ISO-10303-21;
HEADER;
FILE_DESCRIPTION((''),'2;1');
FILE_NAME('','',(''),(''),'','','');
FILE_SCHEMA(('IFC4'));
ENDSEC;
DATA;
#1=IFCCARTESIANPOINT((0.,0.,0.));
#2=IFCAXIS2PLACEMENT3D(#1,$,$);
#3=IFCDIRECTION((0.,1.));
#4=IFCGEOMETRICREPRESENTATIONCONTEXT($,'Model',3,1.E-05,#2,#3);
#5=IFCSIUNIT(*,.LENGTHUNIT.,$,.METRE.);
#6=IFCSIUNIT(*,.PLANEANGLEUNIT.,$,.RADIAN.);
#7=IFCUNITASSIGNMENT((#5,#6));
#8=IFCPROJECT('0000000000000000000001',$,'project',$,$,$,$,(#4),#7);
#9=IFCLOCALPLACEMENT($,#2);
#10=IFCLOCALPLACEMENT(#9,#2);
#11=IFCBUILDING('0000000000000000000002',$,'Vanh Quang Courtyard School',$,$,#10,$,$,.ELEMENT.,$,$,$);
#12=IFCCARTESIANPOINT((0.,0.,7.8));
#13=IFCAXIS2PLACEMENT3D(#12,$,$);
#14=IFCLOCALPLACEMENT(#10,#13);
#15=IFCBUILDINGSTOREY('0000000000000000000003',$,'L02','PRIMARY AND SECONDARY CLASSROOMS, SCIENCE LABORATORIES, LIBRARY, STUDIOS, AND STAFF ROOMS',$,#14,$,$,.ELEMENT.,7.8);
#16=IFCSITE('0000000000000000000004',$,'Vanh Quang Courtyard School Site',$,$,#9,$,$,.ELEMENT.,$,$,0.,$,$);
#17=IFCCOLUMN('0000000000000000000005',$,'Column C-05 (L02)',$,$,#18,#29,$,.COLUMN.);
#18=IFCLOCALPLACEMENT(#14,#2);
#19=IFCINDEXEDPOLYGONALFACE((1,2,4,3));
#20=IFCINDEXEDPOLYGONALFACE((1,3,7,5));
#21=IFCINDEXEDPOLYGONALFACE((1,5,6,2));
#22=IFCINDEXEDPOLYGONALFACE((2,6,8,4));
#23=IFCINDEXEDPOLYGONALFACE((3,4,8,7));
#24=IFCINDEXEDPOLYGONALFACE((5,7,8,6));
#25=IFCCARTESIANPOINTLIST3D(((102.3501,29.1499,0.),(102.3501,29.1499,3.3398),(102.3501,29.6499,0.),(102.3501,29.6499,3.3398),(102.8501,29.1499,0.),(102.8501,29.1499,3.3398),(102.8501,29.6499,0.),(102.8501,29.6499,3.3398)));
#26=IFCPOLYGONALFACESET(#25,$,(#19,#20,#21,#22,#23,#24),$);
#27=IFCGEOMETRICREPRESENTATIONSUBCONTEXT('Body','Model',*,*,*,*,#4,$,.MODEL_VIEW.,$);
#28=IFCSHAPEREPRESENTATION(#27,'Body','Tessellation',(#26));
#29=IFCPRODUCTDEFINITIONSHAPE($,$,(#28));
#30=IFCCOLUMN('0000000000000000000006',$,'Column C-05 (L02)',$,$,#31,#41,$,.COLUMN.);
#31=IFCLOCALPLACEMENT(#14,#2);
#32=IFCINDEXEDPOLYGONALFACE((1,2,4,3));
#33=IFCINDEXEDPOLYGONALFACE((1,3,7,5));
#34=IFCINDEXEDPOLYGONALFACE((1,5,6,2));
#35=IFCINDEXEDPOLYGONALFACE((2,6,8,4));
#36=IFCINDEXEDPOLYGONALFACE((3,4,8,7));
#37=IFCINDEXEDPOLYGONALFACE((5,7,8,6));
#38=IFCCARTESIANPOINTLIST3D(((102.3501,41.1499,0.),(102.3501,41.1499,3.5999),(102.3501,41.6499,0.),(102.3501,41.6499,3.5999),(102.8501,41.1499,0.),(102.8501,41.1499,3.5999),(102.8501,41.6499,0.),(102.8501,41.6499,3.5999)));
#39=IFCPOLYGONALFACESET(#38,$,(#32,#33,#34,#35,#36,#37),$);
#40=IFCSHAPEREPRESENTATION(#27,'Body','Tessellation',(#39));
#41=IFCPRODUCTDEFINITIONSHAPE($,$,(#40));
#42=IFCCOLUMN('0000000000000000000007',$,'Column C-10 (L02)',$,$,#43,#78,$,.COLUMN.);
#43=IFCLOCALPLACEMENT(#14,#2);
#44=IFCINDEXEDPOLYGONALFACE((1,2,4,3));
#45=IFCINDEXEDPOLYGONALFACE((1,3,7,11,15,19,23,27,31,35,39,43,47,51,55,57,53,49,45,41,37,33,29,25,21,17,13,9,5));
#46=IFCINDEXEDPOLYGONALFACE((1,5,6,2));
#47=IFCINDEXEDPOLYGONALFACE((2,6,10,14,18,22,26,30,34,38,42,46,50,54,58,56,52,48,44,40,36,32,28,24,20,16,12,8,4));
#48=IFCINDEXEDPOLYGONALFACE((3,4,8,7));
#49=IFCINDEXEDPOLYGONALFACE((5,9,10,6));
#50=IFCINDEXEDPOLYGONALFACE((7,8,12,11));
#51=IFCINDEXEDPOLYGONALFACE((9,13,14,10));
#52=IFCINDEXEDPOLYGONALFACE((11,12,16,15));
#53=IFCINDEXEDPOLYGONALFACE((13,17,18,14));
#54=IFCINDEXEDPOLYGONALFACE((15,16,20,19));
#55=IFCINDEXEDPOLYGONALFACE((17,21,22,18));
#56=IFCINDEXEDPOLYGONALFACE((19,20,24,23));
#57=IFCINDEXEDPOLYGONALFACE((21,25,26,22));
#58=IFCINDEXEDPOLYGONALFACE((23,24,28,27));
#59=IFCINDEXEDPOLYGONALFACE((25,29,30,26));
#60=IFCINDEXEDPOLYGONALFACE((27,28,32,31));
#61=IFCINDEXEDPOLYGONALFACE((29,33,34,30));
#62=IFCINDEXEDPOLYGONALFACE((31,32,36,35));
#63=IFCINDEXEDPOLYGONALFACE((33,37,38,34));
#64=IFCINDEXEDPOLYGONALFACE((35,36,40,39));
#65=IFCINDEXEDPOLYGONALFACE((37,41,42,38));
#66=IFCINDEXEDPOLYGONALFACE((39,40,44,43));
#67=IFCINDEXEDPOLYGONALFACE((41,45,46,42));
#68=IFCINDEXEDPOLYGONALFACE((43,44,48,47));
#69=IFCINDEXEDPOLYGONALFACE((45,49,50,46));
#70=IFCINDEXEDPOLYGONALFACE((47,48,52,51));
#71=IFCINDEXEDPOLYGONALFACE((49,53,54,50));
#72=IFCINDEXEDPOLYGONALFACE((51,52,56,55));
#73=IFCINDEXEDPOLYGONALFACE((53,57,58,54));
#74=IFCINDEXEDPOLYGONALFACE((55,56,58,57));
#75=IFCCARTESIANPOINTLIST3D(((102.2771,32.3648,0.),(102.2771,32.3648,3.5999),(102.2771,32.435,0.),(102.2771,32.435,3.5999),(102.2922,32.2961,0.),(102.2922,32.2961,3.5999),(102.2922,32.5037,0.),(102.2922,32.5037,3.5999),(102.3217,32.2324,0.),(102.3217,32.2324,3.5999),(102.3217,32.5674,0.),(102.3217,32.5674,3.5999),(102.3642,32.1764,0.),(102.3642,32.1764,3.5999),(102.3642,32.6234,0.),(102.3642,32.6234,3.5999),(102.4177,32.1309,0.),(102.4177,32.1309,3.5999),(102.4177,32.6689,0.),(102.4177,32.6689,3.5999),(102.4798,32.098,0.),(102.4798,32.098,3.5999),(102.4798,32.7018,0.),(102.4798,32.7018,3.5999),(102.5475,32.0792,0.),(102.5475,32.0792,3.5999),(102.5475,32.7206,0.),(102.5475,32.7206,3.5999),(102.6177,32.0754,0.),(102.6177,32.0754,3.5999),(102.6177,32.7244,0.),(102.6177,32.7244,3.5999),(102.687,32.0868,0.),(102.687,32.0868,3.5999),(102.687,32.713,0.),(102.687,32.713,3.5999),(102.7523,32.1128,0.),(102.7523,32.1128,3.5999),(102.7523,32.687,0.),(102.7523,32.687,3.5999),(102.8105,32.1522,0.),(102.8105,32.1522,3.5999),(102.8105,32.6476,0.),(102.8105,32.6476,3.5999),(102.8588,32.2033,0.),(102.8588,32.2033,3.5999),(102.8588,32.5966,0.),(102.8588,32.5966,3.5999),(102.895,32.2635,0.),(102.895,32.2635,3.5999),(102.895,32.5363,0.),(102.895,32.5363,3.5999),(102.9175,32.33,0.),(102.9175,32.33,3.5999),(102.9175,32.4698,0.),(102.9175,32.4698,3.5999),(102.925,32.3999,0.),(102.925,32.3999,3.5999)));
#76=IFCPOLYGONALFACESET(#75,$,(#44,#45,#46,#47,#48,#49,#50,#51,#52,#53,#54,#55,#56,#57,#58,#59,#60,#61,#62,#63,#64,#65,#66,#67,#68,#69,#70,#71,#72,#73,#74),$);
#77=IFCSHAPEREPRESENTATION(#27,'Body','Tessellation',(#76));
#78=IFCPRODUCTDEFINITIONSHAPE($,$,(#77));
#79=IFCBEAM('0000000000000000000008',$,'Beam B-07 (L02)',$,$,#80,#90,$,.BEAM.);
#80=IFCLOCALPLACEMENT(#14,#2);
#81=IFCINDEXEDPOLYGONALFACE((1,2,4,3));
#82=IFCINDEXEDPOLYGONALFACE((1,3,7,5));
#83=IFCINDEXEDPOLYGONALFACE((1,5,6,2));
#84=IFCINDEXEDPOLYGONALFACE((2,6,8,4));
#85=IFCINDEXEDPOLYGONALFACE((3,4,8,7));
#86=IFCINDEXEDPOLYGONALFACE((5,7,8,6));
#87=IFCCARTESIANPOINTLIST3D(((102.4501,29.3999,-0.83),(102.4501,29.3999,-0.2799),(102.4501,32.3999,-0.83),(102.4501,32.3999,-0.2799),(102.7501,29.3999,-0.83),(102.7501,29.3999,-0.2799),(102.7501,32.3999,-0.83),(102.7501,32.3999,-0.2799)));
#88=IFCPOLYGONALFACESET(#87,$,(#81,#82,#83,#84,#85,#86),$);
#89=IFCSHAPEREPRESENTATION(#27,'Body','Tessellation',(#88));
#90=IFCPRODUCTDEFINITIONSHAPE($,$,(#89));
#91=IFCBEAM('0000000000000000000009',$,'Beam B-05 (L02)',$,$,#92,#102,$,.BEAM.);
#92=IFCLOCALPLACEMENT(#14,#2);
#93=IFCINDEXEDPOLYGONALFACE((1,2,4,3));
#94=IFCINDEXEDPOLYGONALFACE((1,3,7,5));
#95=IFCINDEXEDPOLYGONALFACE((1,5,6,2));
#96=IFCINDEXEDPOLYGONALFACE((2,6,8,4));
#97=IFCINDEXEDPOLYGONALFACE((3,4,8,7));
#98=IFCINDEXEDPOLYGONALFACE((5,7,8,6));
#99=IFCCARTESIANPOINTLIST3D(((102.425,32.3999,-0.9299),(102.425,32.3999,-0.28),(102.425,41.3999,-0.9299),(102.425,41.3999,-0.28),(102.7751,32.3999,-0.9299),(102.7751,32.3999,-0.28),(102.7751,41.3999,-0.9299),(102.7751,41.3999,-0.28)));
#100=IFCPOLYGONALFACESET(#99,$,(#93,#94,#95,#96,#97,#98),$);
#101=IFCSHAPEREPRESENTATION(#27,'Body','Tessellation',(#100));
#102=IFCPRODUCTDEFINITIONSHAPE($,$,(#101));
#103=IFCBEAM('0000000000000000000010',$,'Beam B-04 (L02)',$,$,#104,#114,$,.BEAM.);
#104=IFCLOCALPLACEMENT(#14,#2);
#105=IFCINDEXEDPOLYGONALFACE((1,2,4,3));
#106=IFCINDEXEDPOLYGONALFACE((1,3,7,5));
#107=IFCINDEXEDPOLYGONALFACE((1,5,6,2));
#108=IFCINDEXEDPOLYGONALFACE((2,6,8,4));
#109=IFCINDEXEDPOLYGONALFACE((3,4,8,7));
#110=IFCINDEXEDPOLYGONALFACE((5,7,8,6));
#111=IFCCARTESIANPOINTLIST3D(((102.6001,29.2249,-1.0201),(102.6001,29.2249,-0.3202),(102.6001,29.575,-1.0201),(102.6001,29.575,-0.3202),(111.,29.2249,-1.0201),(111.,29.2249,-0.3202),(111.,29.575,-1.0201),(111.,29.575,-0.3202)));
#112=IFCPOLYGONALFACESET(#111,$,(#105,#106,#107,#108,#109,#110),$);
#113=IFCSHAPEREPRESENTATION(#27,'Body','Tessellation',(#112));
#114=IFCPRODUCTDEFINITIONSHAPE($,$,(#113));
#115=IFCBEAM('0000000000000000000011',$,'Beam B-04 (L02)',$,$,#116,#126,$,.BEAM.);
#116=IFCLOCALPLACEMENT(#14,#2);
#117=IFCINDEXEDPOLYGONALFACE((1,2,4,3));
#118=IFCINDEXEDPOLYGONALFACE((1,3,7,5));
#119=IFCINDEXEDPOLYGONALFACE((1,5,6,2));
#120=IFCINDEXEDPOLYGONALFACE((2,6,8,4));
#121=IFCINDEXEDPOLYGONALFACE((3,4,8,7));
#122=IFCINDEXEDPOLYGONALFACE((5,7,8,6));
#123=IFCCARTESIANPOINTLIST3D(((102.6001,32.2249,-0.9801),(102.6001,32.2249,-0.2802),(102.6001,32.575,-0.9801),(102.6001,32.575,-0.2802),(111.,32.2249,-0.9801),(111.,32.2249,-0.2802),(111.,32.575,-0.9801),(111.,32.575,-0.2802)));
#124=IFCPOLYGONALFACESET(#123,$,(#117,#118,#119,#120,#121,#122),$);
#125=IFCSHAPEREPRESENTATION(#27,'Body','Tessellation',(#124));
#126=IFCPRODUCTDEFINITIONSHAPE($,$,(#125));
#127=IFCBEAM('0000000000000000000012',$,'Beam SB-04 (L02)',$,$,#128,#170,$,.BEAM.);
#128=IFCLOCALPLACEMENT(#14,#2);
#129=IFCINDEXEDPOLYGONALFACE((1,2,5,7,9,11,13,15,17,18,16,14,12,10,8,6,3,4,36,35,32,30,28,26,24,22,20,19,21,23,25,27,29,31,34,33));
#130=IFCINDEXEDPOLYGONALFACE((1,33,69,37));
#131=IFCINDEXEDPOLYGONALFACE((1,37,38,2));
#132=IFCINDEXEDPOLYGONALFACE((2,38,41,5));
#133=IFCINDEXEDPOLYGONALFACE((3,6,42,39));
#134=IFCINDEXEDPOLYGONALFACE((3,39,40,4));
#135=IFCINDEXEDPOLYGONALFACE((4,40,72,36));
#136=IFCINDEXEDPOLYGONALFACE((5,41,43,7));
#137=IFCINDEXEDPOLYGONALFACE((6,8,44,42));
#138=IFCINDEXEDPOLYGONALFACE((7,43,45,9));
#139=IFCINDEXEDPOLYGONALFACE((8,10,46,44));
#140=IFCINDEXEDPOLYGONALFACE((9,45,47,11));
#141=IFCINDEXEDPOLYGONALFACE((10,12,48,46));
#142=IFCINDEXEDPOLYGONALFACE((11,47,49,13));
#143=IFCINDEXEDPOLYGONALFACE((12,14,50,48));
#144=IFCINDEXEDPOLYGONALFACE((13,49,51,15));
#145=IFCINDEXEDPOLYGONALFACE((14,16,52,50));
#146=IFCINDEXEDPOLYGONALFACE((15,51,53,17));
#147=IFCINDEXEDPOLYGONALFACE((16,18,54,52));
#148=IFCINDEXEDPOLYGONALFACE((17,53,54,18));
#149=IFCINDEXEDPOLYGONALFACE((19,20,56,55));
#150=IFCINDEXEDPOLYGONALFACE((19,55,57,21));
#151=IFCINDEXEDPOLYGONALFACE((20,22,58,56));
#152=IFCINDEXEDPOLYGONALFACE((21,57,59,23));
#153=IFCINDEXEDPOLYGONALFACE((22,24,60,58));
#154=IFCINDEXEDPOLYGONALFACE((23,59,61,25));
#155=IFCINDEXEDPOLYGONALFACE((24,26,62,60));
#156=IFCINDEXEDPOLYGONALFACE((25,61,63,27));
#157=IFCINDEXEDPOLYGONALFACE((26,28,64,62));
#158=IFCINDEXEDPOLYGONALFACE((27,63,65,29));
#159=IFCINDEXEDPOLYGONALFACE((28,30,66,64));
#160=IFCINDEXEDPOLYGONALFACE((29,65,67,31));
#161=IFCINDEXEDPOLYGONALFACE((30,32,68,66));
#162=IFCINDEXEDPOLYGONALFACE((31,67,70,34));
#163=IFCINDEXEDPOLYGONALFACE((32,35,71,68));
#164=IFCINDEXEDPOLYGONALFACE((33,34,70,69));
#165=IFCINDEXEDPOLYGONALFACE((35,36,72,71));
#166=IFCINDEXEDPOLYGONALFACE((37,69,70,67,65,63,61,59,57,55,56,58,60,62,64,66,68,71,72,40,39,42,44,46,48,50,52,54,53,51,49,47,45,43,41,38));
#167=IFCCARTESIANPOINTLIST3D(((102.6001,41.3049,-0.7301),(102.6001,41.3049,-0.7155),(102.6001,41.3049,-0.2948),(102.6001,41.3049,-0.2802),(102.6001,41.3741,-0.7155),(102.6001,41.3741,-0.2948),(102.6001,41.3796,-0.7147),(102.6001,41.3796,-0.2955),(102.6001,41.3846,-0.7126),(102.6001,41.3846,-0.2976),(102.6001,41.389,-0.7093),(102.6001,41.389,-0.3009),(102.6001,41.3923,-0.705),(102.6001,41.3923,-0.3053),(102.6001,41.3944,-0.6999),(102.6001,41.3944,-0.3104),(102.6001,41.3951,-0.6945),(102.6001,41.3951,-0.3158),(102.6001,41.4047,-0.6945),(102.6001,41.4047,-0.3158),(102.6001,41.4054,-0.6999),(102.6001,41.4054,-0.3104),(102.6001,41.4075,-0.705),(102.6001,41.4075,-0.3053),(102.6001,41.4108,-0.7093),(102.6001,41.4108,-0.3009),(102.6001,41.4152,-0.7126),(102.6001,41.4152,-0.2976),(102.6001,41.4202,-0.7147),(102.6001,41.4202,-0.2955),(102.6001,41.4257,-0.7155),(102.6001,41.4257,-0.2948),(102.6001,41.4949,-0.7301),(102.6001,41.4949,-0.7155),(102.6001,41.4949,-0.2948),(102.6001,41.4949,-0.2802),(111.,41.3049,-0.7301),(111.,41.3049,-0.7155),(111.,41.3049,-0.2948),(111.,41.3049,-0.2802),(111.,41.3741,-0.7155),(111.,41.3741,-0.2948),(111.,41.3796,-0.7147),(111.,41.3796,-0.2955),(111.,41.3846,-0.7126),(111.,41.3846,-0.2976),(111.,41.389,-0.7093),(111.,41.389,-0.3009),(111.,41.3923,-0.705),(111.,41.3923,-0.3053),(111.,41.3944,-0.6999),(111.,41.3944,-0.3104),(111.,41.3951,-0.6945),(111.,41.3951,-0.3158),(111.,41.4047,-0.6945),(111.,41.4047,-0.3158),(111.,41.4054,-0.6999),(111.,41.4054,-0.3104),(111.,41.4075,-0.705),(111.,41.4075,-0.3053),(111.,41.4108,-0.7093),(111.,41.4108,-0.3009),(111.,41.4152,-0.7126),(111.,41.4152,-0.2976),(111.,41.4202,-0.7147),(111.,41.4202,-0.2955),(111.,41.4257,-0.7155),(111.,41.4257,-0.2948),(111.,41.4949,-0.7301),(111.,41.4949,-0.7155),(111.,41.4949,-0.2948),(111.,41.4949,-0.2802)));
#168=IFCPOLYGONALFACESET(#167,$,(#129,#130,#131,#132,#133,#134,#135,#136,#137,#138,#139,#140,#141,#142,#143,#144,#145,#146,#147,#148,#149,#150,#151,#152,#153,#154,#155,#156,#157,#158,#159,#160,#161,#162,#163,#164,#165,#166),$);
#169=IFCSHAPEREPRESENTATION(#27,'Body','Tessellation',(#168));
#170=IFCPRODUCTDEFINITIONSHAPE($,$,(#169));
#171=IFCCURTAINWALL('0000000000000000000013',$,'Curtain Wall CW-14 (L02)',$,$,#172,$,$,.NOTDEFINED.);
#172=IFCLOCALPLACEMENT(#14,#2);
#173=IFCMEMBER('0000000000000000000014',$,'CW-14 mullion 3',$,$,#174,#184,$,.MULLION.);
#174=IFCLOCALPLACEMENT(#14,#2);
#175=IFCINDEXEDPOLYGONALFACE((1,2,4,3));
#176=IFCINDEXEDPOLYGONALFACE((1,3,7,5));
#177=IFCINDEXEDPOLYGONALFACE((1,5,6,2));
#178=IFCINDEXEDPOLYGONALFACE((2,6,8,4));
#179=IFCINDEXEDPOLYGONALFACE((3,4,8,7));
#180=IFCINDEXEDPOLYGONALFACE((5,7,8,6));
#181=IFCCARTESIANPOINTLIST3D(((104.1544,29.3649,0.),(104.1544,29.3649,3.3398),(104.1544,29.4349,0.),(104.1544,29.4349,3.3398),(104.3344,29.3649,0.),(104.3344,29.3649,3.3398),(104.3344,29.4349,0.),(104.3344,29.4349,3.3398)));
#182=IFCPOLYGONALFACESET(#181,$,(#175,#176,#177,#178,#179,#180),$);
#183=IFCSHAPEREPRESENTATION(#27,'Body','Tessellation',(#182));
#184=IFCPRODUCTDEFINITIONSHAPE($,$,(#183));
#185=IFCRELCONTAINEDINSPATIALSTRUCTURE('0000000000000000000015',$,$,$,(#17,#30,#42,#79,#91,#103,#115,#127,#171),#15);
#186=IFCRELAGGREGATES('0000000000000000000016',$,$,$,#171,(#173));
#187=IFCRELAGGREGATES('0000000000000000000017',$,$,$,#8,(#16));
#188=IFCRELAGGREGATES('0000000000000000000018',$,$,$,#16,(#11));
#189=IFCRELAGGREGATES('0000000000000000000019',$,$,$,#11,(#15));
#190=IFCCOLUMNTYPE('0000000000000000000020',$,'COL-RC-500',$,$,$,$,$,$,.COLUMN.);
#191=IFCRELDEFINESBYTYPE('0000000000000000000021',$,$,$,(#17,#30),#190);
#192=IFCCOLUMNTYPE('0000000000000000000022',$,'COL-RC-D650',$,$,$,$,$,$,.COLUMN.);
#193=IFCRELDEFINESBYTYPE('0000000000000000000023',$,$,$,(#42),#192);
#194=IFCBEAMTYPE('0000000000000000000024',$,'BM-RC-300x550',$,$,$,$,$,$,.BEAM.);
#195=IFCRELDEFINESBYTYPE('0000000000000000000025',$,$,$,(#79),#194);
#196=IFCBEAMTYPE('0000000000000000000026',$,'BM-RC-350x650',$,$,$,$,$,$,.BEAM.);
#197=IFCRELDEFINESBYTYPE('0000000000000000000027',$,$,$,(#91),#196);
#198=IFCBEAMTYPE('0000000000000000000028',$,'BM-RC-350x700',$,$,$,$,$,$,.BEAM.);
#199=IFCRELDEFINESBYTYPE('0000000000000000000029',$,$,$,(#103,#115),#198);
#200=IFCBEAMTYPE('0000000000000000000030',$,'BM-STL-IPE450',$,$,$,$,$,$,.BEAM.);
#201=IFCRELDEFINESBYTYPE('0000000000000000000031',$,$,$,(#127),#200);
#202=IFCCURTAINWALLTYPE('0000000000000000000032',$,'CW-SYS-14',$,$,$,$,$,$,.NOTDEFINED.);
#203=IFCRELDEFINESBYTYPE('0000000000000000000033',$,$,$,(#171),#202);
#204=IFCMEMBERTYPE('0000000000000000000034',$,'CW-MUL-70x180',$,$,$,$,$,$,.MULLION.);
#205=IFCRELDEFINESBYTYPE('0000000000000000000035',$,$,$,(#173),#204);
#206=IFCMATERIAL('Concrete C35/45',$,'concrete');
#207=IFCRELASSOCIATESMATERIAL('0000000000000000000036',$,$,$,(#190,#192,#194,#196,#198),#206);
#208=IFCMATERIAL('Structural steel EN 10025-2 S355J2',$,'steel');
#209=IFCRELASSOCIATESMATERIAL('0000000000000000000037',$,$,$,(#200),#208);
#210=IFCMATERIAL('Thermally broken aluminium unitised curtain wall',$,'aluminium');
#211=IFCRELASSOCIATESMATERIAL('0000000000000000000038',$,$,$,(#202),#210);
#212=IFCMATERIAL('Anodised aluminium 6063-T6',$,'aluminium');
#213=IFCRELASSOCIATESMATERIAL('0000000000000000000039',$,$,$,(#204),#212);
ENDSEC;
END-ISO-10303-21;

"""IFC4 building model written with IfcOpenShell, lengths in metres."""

from ifc_helpers import new_model, si_unit, direction, frame, origin, origin_2d, place, context, subcontext, project, spatial, rectangle, circle, i_section, extrude, material, material_profile, profile_set, type_object, element, aggregate, save


model = new_model("IFC4")

# Units and contexts
model_context = context("Model", 3, precision=1e-05, world=origin(), true_north=direction((0.0, 1.0)))
body_context = subcontext(model_context, "Body", "Model", "MODEL_VIEW")
ifc_project = project(units=[si_unit("LENGTHUNIT", "METRE"), si_unit("PLANEANGLEUNIT", "RADIAN")], contexts=[model_context])

# Site, building, storey
site_placement = place(None, origin())
site = spatial("IfcSite", under=ifc_project, at=site_placement, Name="Vanh Quang Courtyard School Site", CompositionType="ELEMENT", RefElevation=0.0)
building_placement = place(site_placement, origin())
building = spatial("IfcBuilding", under=site, at=building_placement, Name="Vanh Quang Courtyard School", CompositionType="ELEMENT")
storey_placement = place(building_placement, frame((0.0, 0.0, 7.8)))
storey = spatial("IfcBuildingStorey", under=building, at=storey_placement, Name="L02", Description="PRIMARY AND SECONDARY CLASSROOMS, SCIENCE LABORATORIES, LIBRARY, STUDIOS, AND STAFF ROOMS", CompositionType="ELEMENT", Elevation=7.8)

# Columns
ifc_material_1 = material(Name="Concrete C35/45", Category="concrete")
ifc_material_profile_1 = material_profile(ifc_material_1, rectangle(XDim=0.5, YDim=0.5, at=origin_2d()), Name="RC-COL 500x500")
ifc_profile_set_1 = profile_set([ifc_material_profile_1], Name="Concrete C35/45")
column_type_1 = type_object("IfcColumnType", Name="COL-RC-500", PredefinedType="COLUMN", material=ifc_profile_set_1)
column_1_placement = place(storey_placement, frame((102.6001, 29.3999, 0.0), z_axis=(0.0, 0.0, 1.0), x_axis=(1.0, 0.0, 0.0)))
element("IfcColumn", 1, at=column_1_placement, inside=storey, type_object=column_type_1, Name="Column C-05 (L02)", PredefinedType="COLUMN", context=body_context, shape_type="SweptSolid", body=[
    extrude(rectangle(XDim=0.5, YDim=0.5, at=origin_2d()), origin(), (0.0, 0.0, 1.0), 3.3398),
])
column_2_placement = place(storey_placement, frame((102.6001, 41.3999, 0.0), z_axis=(0.0, 0.0, 1.0), x_axis=(1.0, 0.0, 0.0)))
element("IfcColumn", 2, at=column_2_placement, inside=storey, type_object=column_type_1, Name="Column C-05 (L02)", PredefinedType="COLUMN", context=body_context, shape_type="SweptSolid", body=[
    extrude(rectangle(XDim=0.5, YDim=0.5, at=origin_2d()), origin(), (0.0, 0.0, 1.0), 3.5999),
])
ifc_material_profile_2 = material_profile(ifc_material_1, circle(Radius=0.325, at=origin_2d()), Name="RC-COL D650")
ifc_profile_set_2 = profile_set([ifc_material_profile_2], Name="Concrete C35/45")
column_type_2 = type_object("IfcColumnType", Name="COL-RC-D650", PredefinedType="COLUMN", material=ifc_profile_set_2)
column_3_placement = place(storey_placement, frame((102.6001, 32.3999, 0.0), z_axis=(0.0, 0.0, 1.0), x_axis=(1.0, 0.0, 0.0)))
element("IfcColumn", 3, at=column_3_placement, inside=storey, type_object=column_type_2, Name="Column C-10 (L02)", PredefinedType="COLUMN", context=body_context, shape_type="SweptSolid", body=[
    extrude(circle(Radius=0.325, at=origin_2d()), origin(), (0.0, 0.0, 1.0), 3.5999),
])

# Beams
ifc_material_profile_3 = material_profile(ifc_material_1, rectangle(XDim=0.3, YDim=0.55, at=origin_2d()), Name="RC-BM 300x550")
ifc_profile_set_3 = profile_set([ifc_material_profile_3], Name="Concrete C35/45")
beam_type_1 = type_object("IfcBeamType", Name="BM-RC-300x550", PredefinedType="BEAM", material=ifc_profile_set_3)
beam_1_placement = place(storey_placement, frame((102.6001, 29.3999, -0.5549), z_axis=(0.0, 1.0, 0.0), x_axis=(-1.0, 0.0, 0.0)))
element("IfcBeam", 4, at=beam_1_placement, inside=storey, type_object=beam_type_1, Name="Beam B-07 (L02)", PredefinedType="BEAM", context=body_context, shape_type="SweptSolid", body=[
    extrude(rectangle(XDim=0.3, YDim=0.55, at=origin_2d()), origin(), (0.0, 0.0, 1.0), 3.0),
])
ifc_material_profile_4 = material_profile(ifc_material_1, rectangle(XDim=0.3501, YDim=0.6499, at=origin_2d()), Name="RC-BM 350x650")
ifc_profile_set_4 = profile_set([ifc_material_profile_4], Name="Concrete C35/45")
beam_type_2 = type_object("IfcBeamType", Name="BM-RC-350x650", PredefinedType="BEAM", material=ifc_profile_set_4)
beam_2_placement = place(storey_placement, frame((102.6001, 32.3999, -0.605), z_axis=(0.0, 1.0, 0.0), x_axis=(-1.0, 0.0, 0.0)))
element("IfcBeam", 5, at=beam_2_placement, inside=storey, type_object=beam_type_2, Name="Beam B-05 (L02)", PredefinedType="BEAM", context=body_context, shape_type="SweptSolid", body=[
    extrude(rectangle(XDim=0.3501, YDim=0.6499, at=origin_2d()), origin(), (0.0, 0.0, 1.0), 9.0),
])
ifc_material_profile_5 = material_profile(ifc_material_1, rectangle(XDim=0.3501, YDim=0.7, at=origin_2d()), Name="RC-BM 350x700")
ifc_profile_set_5 = profile_set([ifc_material_profile_5], Name="Concrete C35/45")
beam_type_3 = type_object("IfcBeamType", Name="BM-RC-350x700", PredefinedType="BEAM", material=ifc_profile_set_5)
for number, where, z_axis, x_axis, name in (
    (6, (102.6001, 29.3999, -0.6702), (1.0, 0.0, 0.0), (0.0, 1.0, 0.0), "Beam B-04 (L02)"),
    (7, (102.6001, 32.3999, -0.6301), (1.0, 0.0, 0.0), (0.0, 1.0, 0.0), "Beam B-04 (L02)"),
):
    element("IfcBeam", number, at=place(storey_placement, frame(where, z_axis=z_axis, x_axis=x_axis)), inside=storey, type_object=beam_type_3, Name=name, PredefinedType="BEAM", context=body_context, shape_type="SweptSolid", body=[
        extrude(rectangle(XDim=0.3501, YDim=0.7, at=origin_2d()), origin(), (0.0, 0.0, 1.0), 8.3999),
    ])
ifc_material_2 = material(Name="Structural steel EN 10025-2 S355J2", Category="steel")
ifc_material_profile_6 = material_profile(ifc_material_2, i_section(OverallWidth=0.1899, OverallDepth=0.45, WebThickness=0.0095, FlangeThickness=0.0146, FilletRadius=0.021, at=origin_2d()), Name="IPE 450")
ifc_profile_set_6 = profile_set([ifc_material_profile_6], Name="Structural steel EN 10025-2 S355J2")
beam_type_4 = type_object("IfcBeamType", Name="BM-STL-IPE450", PredefinedType="BEAM", material=ifc_profile_set_6)
beam_3_placement = place(storey_placement, frame((102.6001, 41.3999, -0.5051), z_axis=(1.0, 0.0, 0.0), x_axis=(0.0, 1.0, 0.0)))
element("IfcBeam", 8, at=beam_3_placement, inside=storey, type_object=beam_type_4, Name="Beam SB-04 (L02)", PredefinedType="BEAM", context=body_context, shape_type="SweptSolid", body=[
    extrude(i_section(OverallWidth=0.1899, OverallDepth=0.45, WebThickness=0.0095, FlangeThickness=0.0146, FilletRadius=0.021, at=origin_2d()), origin(), (0.0, 0.0, 1.0), 8.3999),
])

# Curtain wall, member
ifc_material_3 = material(Name="Thermally broken aluminium unitised curtain wall", Category="aluminium")
curtain_wall_type = type_object("IfcCurtainWallType", Name="CW-SYS-14", PredefinedType="NOTDEFINED", material=ifc_material_3)
curtain_wall_placement = place(storey_placement, origin())
curtain_wall = element("IfcCurtainWall", 9, at=curtain_wall_placement, inside=storey, type_object=curtain_wall_type, Name="Curtain Wall CW-14 (L02)", PredefinedType="NOTDEFINED")
ifc_material_4 = material(Name="Anodised aluminium 6063-T6", Category="aluminium")
ifc_material_profile_7 = material_profile(ifc_material_4, rectangle(XDim=0.0701, YDim=0.1799, at=origin_2d()), Name="ALU-MUL 70x180")
ifc_profile_set_7 = profile_set([ifc_material_profile_7], Name="Anodised aluminium 6063-T6")
member_type_1 = type_object("IfcMemberType", Name="CW-MUL-70x180", PredefinedType="MULLION", material=ifc_profile_set_7)
member_1_placement = place(storey_placement, frame((104.2444, 29.3999, 0.0), z_axis=(0.0, 0.0, 1.0), x_axis=(0.0, -1.0, 0.0)))
member_1 = element("IfcMember", 10, at=member_1_placement, type_object=member_type_1, Name="CW-14 mullion 3", PredefinedType="MULLION", context=body_context, shape_type="SweptSolid", body=[
    extrude(rectangle(XDim=0.0701, YDim=0.1799, at=origin_2d()), origin(), (0.0, 0.0, 1.0), 3.3398),
])
aggregate(curtain_wall, [member_1])

save(model, "model.ifc")
